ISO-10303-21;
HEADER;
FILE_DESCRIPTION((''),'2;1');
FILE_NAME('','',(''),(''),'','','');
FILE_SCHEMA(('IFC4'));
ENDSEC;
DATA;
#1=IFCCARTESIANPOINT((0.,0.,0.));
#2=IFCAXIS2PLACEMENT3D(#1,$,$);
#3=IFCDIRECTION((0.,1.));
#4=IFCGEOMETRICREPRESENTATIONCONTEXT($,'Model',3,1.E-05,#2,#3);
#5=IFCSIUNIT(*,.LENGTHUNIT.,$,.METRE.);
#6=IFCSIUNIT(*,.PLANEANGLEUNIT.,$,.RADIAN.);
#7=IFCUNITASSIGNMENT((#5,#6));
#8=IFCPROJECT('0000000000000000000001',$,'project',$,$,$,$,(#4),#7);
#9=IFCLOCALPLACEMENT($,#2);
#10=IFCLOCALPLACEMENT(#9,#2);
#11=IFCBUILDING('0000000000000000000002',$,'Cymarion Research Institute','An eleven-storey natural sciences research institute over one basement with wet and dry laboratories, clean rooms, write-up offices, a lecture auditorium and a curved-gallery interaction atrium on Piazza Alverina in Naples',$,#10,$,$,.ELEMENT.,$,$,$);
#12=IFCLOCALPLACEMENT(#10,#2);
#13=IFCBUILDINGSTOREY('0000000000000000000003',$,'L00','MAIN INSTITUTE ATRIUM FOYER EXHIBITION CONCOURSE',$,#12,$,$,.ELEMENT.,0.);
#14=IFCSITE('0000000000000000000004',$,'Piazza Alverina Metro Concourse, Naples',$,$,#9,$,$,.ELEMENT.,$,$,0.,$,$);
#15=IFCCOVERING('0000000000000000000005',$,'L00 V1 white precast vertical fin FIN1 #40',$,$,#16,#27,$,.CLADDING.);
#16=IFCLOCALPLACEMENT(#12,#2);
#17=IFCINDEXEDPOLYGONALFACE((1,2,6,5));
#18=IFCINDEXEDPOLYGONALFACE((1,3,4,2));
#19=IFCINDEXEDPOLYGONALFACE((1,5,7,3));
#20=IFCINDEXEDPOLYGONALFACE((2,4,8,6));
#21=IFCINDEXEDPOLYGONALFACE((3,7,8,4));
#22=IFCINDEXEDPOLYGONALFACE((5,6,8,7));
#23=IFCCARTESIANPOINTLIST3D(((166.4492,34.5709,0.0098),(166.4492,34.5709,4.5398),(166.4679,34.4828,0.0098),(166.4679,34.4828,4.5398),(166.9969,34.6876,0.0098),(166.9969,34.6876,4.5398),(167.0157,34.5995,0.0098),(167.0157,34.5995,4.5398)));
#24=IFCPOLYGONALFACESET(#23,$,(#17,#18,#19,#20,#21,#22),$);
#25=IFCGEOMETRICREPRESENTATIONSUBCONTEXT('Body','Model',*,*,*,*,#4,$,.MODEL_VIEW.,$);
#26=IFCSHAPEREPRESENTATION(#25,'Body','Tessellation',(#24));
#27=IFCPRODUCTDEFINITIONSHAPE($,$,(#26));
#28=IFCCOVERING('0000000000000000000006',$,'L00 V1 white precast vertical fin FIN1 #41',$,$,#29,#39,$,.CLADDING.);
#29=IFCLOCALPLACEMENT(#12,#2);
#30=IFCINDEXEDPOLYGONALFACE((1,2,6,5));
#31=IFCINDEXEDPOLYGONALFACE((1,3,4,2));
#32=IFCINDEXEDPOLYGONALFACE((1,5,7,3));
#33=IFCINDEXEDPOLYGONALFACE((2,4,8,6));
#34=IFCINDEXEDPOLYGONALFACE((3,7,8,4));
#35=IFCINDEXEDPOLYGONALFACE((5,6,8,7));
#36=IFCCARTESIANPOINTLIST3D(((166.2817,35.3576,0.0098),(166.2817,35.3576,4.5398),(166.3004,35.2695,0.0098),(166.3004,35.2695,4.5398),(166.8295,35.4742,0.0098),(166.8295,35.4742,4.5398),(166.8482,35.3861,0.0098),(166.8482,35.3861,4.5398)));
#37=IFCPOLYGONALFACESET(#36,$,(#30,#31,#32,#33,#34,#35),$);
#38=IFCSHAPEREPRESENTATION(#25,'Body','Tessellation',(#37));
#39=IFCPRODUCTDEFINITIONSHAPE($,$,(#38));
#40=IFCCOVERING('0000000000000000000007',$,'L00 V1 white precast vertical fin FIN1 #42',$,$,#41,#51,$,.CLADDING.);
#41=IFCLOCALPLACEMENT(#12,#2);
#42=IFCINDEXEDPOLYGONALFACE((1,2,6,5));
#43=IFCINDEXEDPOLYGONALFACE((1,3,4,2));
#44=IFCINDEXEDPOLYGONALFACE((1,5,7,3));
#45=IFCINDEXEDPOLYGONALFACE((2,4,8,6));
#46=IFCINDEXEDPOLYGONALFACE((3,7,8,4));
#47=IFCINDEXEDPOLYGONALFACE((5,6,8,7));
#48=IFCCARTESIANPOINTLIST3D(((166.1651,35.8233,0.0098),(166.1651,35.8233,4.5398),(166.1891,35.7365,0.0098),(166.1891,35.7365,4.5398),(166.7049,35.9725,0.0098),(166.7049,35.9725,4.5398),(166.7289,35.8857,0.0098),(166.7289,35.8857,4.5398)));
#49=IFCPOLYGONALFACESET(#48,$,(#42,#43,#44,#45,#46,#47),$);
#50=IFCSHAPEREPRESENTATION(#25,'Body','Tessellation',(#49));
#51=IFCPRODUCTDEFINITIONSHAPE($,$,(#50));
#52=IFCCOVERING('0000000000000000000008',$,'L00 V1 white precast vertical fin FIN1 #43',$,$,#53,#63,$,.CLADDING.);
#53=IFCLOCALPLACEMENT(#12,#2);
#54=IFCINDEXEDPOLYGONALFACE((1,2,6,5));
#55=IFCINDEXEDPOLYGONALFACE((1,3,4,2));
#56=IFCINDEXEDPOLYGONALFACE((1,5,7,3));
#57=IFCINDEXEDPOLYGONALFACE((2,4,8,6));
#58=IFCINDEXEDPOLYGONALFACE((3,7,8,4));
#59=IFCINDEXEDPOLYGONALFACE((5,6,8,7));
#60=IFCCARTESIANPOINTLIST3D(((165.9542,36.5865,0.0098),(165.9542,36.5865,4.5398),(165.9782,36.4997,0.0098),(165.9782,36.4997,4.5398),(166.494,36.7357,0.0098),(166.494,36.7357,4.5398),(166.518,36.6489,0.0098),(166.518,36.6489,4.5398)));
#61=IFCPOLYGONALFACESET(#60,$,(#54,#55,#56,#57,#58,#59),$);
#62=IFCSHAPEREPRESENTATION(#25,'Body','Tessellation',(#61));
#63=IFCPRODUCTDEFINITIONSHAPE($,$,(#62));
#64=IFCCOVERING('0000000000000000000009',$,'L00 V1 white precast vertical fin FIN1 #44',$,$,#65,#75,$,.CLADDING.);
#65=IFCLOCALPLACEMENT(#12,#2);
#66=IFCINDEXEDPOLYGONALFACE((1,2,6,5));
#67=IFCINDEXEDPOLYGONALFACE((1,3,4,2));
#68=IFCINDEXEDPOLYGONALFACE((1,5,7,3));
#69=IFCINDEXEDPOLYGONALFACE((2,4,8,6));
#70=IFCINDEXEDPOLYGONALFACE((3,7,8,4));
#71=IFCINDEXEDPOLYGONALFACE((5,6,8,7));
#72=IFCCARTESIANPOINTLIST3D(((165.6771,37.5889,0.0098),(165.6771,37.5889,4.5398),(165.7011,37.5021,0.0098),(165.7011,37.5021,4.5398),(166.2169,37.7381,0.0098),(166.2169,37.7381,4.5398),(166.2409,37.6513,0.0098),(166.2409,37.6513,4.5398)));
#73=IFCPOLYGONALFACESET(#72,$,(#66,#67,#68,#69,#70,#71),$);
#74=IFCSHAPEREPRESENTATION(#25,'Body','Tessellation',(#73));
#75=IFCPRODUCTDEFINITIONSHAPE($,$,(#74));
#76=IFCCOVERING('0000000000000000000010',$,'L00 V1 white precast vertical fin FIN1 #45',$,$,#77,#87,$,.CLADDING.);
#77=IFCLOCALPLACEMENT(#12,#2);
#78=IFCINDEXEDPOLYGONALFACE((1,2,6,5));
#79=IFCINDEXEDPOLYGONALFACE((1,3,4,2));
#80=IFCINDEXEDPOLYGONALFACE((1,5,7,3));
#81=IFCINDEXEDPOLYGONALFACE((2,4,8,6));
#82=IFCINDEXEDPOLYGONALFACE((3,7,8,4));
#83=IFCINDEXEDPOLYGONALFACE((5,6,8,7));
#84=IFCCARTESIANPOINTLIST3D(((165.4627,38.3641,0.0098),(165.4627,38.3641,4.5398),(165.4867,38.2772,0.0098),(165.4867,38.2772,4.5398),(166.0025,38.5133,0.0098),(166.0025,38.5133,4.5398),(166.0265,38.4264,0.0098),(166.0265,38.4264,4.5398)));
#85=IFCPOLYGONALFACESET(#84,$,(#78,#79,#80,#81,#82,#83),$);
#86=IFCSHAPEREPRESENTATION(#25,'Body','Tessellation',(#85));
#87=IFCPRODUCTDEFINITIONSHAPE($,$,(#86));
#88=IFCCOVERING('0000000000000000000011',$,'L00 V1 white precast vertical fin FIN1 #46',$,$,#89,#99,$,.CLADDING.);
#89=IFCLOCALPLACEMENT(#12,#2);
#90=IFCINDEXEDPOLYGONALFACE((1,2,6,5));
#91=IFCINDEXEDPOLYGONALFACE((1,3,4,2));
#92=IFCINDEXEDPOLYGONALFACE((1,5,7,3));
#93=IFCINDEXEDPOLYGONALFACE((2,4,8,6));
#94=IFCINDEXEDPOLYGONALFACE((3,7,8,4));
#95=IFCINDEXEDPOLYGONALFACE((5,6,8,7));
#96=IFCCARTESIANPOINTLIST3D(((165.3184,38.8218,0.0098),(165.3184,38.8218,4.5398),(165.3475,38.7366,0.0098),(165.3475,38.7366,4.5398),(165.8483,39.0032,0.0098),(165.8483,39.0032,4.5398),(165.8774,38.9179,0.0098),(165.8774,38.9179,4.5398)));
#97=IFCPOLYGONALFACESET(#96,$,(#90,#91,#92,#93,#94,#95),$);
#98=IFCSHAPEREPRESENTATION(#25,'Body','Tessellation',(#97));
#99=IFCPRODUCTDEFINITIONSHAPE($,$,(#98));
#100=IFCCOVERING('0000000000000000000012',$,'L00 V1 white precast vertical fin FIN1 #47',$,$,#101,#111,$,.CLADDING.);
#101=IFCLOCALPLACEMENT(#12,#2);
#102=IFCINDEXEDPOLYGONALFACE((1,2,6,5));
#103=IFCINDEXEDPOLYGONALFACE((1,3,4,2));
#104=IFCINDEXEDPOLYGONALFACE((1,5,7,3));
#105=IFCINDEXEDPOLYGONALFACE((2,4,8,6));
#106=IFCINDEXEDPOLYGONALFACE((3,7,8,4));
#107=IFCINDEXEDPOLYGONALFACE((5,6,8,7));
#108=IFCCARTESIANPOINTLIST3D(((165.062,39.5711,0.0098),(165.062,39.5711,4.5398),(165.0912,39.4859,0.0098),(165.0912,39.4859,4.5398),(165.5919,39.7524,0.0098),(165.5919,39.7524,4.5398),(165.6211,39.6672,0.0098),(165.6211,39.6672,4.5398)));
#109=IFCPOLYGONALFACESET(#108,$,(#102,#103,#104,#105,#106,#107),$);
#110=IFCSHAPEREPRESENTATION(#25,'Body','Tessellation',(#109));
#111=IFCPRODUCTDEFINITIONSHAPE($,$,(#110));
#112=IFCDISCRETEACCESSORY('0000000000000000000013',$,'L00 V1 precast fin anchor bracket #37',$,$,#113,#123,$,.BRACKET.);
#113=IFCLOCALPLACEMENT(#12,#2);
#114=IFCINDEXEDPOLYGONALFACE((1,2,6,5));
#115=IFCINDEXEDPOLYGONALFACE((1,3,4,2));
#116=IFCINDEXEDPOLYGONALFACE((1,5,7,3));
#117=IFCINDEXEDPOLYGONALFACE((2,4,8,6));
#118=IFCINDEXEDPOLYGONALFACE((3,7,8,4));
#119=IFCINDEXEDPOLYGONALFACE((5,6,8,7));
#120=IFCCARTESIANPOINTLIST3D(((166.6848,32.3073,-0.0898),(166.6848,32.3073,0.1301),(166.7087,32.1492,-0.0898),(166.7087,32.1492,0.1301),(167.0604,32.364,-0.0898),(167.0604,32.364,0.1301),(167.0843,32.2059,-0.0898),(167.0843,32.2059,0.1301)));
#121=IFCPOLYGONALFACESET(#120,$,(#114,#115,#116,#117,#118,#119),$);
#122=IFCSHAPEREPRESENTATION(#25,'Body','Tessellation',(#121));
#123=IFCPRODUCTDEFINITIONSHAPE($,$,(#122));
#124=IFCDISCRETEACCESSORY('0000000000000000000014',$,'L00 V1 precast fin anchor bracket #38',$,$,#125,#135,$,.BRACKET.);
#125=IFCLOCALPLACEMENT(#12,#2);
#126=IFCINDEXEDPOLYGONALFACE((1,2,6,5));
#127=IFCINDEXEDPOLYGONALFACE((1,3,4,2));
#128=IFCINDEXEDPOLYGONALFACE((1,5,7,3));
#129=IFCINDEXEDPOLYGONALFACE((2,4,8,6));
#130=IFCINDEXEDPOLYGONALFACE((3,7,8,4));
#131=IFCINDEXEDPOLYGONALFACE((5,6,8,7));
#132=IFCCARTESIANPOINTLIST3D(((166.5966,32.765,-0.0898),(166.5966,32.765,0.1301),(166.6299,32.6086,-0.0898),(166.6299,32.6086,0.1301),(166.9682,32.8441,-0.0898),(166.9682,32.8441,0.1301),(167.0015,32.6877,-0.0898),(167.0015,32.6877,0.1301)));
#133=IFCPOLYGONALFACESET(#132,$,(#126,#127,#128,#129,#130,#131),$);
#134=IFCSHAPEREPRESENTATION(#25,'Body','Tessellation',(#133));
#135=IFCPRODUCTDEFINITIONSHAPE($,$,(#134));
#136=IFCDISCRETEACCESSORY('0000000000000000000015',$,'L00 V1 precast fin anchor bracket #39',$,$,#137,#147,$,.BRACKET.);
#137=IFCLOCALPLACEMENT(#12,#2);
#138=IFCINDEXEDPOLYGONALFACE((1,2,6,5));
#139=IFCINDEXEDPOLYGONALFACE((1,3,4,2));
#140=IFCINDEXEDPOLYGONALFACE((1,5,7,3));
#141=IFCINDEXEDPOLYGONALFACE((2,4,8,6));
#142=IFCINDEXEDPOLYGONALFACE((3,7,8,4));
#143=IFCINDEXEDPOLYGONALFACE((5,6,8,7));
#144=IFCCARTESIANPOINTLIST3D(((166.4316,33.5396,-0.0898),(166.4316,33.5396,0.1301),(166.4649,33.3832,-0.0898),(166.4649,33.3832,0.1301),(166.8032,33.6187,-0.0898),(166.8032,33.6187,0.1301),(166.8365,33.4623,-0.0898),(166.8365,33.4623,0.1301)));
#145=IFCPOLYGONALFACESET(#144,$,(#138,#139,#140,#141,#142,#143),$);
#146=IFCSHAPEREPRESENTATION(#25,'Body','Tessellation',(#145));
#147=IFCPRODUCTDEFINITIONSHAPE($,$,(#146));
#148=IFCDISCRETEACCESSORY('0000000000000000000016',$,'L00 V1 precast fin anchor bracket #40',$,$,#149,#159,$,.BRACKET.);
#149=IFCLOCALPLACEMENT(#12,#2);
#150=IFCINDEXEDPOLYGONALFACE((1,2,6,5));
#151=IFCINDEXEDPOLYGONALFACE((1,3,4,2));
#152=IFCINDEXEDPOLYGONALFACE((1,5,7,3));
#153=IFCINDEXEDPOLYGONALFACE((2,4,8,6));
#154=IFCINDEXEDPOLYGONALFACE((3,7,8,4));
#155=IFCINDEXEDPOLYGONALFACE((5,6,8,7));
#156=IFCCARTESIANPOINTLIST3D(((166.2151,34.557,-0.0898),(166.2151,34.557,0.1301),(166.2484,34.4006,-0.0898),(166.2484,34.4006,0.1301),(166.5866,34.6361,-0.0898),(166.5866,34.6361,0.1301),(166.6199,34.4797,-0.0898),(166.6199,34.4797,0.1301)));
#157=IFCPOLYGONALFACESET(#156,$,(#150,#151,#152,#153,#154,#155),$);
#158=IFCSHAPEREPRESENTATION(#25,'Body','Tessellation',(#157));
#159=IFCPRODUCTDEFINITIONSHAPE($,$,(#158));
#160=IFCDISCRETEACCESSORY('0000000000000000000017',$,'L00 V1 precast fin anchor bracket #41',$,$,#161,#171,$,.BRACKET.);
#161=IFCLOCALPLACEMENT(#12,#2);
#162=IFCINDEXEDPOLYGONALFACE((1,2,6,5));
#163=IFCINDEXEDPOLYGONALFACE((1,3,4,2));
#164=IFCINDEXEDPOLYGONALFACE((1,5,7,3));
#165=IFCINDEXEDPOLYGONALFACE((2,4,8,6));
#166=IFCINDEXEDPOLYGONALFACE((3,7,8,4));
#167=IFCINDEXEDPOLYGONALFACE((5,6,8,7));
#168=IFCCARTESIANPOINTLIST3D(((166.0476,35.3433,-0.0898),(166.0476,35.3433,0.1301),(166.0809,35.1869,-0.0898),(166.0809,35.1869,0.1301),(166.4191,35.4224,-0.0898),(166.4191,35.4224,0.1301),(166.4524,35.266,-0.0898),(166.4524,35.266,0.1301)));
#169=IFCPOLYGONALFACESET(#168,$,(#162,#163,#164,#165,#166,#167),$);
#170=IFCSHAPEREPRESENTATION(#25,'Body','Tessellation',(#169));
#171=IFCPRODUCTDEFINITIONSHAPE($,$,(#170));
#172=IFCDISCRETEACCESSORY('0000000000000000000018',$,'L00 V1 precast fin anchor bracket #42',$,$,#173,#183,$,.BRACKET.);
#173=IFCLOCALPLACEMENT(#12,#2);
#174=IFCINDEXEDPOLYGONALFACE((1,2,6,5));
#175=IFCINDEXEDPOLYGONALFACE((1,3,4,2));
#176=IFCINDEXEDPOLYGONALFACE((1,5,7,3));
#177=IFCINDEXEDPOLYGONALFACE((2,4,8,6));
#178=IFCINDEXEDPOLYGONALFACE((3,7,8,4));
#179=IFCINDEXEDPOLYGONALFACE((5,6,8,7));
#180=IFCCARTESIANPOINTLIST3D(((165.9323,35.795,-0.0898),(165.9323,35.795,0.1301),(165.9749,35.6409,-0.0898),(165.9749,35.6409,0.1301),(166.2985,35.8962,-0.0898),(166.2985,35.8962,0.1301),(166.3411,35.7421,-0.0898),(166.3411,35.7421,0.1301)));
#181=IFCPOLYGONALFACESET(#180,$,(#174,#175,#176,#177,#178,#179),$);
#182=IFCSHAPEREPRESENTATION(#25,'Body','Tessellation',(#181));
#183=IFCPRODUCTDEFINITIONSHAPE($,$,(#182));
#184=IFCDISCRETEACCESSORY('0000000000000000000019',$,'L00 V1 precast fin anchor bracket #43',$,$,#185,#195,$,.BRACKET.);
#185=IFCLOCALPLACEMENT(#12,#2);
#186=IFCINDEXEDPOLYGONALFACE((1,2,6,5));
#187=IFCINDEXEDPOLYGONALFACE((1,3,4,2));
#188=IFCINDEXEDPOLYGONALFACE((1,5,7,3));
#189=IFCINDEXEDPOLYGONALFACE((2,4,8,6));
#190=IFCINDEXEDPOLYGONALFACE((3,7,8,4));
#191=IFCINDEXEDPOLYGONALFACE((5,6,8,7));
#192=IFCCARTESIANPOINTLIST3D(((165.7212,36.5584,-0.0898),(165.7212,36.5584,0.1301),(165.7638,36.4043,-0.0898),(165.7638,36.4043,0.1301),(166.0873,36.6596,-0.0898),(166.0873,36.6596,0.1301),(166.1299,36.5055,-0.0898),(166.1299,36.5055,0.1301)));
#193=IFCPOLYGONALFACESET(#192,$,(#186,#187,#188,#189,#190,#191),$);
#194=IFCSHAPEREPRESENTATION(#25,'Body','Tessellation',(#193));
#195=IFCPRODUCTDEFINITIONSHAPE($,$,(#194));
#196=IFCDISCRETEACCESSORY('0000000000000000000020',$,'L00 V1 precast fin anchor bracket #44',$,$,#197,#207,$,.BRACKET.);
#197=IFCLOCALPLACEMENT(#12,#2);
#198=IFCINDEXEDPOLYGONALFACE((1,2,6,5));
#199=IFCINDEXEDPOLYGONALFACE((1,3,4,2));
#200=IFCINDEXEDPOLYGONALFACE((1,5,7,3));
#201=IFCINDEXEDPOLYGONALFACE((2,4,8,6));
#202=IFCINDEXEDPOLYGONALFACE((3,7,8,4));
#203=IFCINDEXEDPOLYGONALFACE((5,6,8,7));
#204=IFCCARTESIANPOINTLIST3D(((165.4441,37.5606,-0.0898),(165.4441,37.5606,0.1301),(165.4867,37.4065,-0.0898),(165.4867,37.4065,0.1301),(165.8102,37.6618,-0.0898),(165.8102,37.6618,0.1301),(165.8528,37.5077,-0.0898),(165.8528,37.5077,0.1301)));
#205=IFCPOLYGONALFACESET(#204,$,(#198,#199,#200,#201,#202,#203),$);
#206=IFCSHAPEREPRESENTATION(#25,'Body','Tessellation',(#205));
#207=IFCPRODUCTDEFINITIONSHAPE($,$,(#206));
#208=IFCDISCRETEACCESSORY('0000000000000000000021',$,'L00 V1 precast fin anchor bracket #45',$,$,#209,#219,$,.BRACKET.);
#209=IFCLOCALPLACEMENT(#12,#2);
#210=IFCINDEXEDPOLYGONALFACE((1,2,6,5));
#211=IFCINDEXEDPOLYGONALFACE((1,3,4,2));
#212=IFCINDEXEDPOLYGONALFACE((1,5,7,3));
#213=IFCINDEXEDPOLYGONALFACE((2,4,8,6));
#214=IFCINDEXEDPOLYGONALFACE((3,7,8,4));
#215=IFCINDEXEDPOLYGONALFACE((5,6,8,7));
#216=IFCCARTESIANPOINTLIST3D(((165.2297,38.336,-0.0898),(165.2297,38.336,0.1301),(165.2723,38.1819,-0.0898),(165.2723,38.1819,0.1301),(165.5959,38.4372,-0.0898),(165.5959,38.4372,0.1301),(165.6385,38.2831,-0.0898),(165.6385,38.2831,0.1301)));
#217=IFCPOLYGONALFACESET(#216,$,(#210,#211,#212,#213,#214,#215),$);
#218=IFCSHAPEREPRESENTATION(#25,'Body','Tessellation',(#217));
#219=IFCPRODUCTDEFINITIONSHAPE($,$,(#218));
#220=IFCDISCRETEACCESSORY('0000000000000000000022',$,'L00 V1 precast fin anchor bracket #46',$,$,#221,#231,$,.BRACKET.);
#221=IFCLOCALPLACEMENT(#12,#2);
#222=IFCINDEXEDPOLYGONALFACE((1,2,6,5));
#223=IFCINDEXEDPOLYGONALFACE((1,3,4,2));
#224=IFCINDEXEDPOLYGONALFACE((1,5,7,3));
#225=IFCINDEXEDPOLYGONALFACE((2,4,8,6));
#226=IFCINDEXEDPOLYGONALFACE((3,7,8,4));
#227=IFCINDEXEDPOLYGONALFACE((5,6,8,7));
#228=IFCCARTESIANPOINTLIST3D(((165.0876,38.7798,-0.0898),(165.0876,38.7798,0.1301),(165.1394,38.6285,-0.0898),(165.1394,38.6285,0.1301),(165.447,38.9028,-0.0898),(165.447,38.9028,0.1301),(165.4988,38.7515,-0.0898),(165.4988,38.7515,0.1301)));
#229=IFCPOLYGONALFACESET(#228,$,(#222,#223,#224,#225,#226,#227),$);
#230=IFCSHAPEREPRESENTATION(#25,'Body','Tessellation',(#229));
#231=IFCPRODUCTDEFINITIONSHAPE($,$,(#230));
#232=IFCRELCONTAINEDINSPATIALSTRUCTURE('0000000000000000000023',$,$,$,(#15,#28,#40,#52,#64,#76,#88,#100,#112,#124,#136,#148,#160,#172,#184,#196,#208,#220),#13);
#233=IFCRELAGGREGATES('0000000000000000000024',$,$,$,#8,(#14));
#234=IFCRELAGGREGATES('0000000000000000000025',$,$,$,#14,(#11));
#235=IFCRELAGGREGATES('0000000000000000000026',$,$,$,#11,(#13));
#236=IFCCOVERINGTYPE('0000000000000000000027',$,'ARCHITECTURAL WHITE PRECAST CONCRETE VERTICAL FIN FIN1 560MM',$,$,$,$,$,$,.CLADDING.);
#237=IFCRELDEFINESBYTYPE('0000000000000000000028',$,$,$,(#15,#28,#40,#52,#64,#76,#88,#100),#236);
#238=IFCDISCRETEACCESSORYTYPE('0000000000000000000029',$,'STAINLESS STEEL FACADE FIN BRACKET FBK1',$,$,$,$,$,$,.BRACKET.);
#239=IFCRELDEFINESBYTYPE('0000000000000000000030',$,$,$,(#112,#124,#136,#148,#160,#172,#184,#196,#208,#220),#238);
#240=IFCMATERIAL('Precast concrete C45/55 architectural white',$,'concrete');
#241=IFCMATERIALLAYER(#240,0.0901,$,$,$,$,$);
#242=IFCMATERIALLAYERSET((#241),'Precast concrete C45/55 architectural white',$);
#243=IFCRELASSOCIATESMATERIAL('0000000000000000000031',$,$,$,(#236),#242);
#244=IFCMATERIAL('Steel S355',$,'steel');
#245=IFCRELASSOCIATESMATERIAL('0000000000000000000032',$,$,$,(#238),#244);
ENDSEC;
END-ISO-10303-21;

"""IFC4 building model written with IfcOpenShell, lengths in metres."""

from ifc_helpers import new_model, si_unit, direction, frame, origin, origin_2d, place, context, subcontext, project, spatial, rectangle, extrude, material, layer, layer_set, type_object, element, save


model = new_model("IFC4")

# Units and contexts
model_context = context("Model", 3, precision=1e-05, world=origin(), true_north=direction((0.0, 1.0)))
body_context = subcontext(model_context, "Body", "Model", "MODEL_VIEW")
ifc_project = project(units=[si_unit("LENGTHUNIT", "METRE"), si_unit("PLANEANGLEUNIT", "RADIAN")], contexts=[model_context])

# Site, building, storey
site_placement = place(None, origin())
site = spatial("IfcSite", under=ifc_project, at=site_placement, Name="Piazza Alverina Metro Concourse, Naples", CompositionType="ELEMENT", RefElevation=0.0)
building_placement = place(site_placement, origin())
building = spatial("IfcBuilding", under=site, at=building_placement, Name="Cymarion Research Institute", Description="An eleven-storey natural sciences research institute over one basement with wet and dry laboratories, clean rooms, write-up offices, a lecture auditorium and a curved-gallery interaction atrium on Piazza Alverina in Naples", CompositionType="ELEMENT")
storey_placement = place(building_placement, origin())
storey = spatial("IfcBuildingStorey", under=building, at=storey_placement, Name="L00", Description="MAIN INSTITUTE ATRIUM FOYER EXHIBITION CONCOURSE", CompositionType="ELEMENT", Elevation=0.0)

# Shared definitions
ifc_material_1 = material(Name="Steel S355", Category="steel")

# Coverings
ifc_material_2 = material(Name="Precast concrete C45/55 architectural white", Category="concrete")
ifc_layer_1 = layer(ifc_material_2, 0.0901)
ifc_layer_set_1 = layer_set([ifc_layer_1], Name="Precast concrete C45/55 architectural white")
covering_type = type_object("IfcCoveringType", Name="ARCHITECTURAL WHITE PRECAST CONCRETE VERTICAL FIN FIN1 560MM", PredefinedType="CLADDING", material=ifc_layer_set_1)
for number, where, z_axis, x_axis, name in (
    (1, (166.7324, 34.5852, 0.0098), (0.0, 0.0, 1.0), (0.978075, 0.208253, 0.0), "L00 V1 white precast vertical fin FIN1 #40"),
    (2, (166.5649, 35.3718, 0.0098), (0.0, 0.0, 1.0), (0.978075, 0.208253, 0.0), "L00 V1 white precast vertical fin FIN1 #41"),
    (3, (166.447, 35.8545, 0.0098), (0.0, 0.0, 1.0), (0.963863, 0.266397, 0.0), "L00 V1 white precast vertical fin FIN1 #42"),
    (4, (166.2361, 36.6177, 0.0098), (0.0, 0.0, 1.0), (0.963863, 0.266397, 0.0), "L00 V1 white precast vertical fin FIN1 #43"),
    (5, (165.959, 37.6201, 0.0098), (0.0, 0.0, 1.0), (0.963863, 0.266397, 0.0), "L00 V1 white precast vertical fin FIN1 #44"),
    (6, (165.7446, 38.3953, 0.0098), (0.0, 0.0, 1.0), (0.963863, 0.266397, 0.0), "L00 V1 white precast vertical fin FIN1 #45"),
    (7, (165.5979, 38.8699, 0.0098), (0.0, 0.0, 1.0), (0.946142, 0.323752, 0.0), "L00 V1 white precast vertical fin FIN1 #46"),
    (8, (165.3416, 39.6191, 0.0098), (0.0, 0.0, 1.0), (0.946142, 0.323752, 0.0), "L00 V1 white precast vertical fin FIN1 #47"),
):
    element("IfcCovering", number, at=place(storey_placement, frame(where, z_axis=z_axis, x_axis=x_axis)), inside=storey, type_object=covering_type, Name=name, PredefinedType="CLADDING", context=body_context, shape_type="SweptSolid", body=[
        extrude(rectangle(XDim=0.5601, YDim=0.0901, at=origin_2d()), origin(), (0.0, 0.0, 1.0), 4.53),
    ])

# Discrete accessories
discrete_accessory_type = type_object("IfcDiscreteAccessoryType", Name="STAINLESS STEEL FACADE FIN BRACKET FBK1", PredefinedType="BRACKET", material=ifc_material_1)
for number, where, z_axis, x_axis, name in (
    (9, (166.8845, 32.2566, -0.0898), (0.0, 0.0, 1.0), (0.988782, 0.149363, 0.0), "L00 V1 precast fin anchor bracket #37"),
    (10, (166.7991, 32.7263, -0.0898), (0.0, 0.0, 1.0), (0.978075, 0.208253, 0.0), "L00 V1 precast fin anchor bracket #38"),
    (11, (166.634, 33.501, -0.0898), (0.0, 0.0, 1.0), (0.978075, 0.208253, 0.0), "L00 V1 precast fin anchor bracket #39"),
    (12, (166.4175, 34.5183, -0.0898), (0.0, 0.0, 1.0), (0.978075, 0.208253, 0.0), "L00 V1 precast fin anchor bracket #40"),
    (13, (166.25, 35.3047, -0.0898), (0.0, 0.0, 1.0), (0.978075, 0.208253, 0.0), "L00 V1 precast fin anchor bracket #41"),
    (14, (166.1367, 35.7686, -0.0898), (0.0, 0.0, 1.0), (0.963863, 0.266397, 0.0), "L00 V1 precast fin anchor bracket #42"),
    (15, (165.9255, 36.532, -0.0898), (0.0, 0.0, 1.0), (0.963863, 0.266397, 0.0), "L00 V1 precast fin anchor bracket #43"),
    (16, (165.6484, 37.5342, -0.0898), (0.0, 0.0, 1.0), (0.963863, 0.266397, 0.0), "L00 V1 precast fin anchor bracket #44"),
    (17, (165.4341, 38.3096, -0.0898), (0.0, 0.0, 1.0), (0.963863, 0.266397, 0.0), "L00 V1 precast fin anchor bracket #45"),
    (18, (165.2932, 38.7656, -0.0898), (0.0, 0.0, 1.0), (0.946142, 0.323752, 0.0), "L00 V1 precast fin anchor bracket #46"),
):
    element("IfcDiscreteAccessory", number, at=place(storey_placement, frame(where, z_axis=z_axis, x_axis=x_axis)), inside=storey, type_object=discrete_accessory_type, Name=name, PredefinedType="BRACKET", context=body_context, shape_type="SweptSolid", body=[
        extrude(rectangle(XDim=0.3799, YDim=0.1599, at=origin_2d()), origin(), (0.0, 0.0, 1.0), 0.22),
    ])

save(model, "model.ifc")
